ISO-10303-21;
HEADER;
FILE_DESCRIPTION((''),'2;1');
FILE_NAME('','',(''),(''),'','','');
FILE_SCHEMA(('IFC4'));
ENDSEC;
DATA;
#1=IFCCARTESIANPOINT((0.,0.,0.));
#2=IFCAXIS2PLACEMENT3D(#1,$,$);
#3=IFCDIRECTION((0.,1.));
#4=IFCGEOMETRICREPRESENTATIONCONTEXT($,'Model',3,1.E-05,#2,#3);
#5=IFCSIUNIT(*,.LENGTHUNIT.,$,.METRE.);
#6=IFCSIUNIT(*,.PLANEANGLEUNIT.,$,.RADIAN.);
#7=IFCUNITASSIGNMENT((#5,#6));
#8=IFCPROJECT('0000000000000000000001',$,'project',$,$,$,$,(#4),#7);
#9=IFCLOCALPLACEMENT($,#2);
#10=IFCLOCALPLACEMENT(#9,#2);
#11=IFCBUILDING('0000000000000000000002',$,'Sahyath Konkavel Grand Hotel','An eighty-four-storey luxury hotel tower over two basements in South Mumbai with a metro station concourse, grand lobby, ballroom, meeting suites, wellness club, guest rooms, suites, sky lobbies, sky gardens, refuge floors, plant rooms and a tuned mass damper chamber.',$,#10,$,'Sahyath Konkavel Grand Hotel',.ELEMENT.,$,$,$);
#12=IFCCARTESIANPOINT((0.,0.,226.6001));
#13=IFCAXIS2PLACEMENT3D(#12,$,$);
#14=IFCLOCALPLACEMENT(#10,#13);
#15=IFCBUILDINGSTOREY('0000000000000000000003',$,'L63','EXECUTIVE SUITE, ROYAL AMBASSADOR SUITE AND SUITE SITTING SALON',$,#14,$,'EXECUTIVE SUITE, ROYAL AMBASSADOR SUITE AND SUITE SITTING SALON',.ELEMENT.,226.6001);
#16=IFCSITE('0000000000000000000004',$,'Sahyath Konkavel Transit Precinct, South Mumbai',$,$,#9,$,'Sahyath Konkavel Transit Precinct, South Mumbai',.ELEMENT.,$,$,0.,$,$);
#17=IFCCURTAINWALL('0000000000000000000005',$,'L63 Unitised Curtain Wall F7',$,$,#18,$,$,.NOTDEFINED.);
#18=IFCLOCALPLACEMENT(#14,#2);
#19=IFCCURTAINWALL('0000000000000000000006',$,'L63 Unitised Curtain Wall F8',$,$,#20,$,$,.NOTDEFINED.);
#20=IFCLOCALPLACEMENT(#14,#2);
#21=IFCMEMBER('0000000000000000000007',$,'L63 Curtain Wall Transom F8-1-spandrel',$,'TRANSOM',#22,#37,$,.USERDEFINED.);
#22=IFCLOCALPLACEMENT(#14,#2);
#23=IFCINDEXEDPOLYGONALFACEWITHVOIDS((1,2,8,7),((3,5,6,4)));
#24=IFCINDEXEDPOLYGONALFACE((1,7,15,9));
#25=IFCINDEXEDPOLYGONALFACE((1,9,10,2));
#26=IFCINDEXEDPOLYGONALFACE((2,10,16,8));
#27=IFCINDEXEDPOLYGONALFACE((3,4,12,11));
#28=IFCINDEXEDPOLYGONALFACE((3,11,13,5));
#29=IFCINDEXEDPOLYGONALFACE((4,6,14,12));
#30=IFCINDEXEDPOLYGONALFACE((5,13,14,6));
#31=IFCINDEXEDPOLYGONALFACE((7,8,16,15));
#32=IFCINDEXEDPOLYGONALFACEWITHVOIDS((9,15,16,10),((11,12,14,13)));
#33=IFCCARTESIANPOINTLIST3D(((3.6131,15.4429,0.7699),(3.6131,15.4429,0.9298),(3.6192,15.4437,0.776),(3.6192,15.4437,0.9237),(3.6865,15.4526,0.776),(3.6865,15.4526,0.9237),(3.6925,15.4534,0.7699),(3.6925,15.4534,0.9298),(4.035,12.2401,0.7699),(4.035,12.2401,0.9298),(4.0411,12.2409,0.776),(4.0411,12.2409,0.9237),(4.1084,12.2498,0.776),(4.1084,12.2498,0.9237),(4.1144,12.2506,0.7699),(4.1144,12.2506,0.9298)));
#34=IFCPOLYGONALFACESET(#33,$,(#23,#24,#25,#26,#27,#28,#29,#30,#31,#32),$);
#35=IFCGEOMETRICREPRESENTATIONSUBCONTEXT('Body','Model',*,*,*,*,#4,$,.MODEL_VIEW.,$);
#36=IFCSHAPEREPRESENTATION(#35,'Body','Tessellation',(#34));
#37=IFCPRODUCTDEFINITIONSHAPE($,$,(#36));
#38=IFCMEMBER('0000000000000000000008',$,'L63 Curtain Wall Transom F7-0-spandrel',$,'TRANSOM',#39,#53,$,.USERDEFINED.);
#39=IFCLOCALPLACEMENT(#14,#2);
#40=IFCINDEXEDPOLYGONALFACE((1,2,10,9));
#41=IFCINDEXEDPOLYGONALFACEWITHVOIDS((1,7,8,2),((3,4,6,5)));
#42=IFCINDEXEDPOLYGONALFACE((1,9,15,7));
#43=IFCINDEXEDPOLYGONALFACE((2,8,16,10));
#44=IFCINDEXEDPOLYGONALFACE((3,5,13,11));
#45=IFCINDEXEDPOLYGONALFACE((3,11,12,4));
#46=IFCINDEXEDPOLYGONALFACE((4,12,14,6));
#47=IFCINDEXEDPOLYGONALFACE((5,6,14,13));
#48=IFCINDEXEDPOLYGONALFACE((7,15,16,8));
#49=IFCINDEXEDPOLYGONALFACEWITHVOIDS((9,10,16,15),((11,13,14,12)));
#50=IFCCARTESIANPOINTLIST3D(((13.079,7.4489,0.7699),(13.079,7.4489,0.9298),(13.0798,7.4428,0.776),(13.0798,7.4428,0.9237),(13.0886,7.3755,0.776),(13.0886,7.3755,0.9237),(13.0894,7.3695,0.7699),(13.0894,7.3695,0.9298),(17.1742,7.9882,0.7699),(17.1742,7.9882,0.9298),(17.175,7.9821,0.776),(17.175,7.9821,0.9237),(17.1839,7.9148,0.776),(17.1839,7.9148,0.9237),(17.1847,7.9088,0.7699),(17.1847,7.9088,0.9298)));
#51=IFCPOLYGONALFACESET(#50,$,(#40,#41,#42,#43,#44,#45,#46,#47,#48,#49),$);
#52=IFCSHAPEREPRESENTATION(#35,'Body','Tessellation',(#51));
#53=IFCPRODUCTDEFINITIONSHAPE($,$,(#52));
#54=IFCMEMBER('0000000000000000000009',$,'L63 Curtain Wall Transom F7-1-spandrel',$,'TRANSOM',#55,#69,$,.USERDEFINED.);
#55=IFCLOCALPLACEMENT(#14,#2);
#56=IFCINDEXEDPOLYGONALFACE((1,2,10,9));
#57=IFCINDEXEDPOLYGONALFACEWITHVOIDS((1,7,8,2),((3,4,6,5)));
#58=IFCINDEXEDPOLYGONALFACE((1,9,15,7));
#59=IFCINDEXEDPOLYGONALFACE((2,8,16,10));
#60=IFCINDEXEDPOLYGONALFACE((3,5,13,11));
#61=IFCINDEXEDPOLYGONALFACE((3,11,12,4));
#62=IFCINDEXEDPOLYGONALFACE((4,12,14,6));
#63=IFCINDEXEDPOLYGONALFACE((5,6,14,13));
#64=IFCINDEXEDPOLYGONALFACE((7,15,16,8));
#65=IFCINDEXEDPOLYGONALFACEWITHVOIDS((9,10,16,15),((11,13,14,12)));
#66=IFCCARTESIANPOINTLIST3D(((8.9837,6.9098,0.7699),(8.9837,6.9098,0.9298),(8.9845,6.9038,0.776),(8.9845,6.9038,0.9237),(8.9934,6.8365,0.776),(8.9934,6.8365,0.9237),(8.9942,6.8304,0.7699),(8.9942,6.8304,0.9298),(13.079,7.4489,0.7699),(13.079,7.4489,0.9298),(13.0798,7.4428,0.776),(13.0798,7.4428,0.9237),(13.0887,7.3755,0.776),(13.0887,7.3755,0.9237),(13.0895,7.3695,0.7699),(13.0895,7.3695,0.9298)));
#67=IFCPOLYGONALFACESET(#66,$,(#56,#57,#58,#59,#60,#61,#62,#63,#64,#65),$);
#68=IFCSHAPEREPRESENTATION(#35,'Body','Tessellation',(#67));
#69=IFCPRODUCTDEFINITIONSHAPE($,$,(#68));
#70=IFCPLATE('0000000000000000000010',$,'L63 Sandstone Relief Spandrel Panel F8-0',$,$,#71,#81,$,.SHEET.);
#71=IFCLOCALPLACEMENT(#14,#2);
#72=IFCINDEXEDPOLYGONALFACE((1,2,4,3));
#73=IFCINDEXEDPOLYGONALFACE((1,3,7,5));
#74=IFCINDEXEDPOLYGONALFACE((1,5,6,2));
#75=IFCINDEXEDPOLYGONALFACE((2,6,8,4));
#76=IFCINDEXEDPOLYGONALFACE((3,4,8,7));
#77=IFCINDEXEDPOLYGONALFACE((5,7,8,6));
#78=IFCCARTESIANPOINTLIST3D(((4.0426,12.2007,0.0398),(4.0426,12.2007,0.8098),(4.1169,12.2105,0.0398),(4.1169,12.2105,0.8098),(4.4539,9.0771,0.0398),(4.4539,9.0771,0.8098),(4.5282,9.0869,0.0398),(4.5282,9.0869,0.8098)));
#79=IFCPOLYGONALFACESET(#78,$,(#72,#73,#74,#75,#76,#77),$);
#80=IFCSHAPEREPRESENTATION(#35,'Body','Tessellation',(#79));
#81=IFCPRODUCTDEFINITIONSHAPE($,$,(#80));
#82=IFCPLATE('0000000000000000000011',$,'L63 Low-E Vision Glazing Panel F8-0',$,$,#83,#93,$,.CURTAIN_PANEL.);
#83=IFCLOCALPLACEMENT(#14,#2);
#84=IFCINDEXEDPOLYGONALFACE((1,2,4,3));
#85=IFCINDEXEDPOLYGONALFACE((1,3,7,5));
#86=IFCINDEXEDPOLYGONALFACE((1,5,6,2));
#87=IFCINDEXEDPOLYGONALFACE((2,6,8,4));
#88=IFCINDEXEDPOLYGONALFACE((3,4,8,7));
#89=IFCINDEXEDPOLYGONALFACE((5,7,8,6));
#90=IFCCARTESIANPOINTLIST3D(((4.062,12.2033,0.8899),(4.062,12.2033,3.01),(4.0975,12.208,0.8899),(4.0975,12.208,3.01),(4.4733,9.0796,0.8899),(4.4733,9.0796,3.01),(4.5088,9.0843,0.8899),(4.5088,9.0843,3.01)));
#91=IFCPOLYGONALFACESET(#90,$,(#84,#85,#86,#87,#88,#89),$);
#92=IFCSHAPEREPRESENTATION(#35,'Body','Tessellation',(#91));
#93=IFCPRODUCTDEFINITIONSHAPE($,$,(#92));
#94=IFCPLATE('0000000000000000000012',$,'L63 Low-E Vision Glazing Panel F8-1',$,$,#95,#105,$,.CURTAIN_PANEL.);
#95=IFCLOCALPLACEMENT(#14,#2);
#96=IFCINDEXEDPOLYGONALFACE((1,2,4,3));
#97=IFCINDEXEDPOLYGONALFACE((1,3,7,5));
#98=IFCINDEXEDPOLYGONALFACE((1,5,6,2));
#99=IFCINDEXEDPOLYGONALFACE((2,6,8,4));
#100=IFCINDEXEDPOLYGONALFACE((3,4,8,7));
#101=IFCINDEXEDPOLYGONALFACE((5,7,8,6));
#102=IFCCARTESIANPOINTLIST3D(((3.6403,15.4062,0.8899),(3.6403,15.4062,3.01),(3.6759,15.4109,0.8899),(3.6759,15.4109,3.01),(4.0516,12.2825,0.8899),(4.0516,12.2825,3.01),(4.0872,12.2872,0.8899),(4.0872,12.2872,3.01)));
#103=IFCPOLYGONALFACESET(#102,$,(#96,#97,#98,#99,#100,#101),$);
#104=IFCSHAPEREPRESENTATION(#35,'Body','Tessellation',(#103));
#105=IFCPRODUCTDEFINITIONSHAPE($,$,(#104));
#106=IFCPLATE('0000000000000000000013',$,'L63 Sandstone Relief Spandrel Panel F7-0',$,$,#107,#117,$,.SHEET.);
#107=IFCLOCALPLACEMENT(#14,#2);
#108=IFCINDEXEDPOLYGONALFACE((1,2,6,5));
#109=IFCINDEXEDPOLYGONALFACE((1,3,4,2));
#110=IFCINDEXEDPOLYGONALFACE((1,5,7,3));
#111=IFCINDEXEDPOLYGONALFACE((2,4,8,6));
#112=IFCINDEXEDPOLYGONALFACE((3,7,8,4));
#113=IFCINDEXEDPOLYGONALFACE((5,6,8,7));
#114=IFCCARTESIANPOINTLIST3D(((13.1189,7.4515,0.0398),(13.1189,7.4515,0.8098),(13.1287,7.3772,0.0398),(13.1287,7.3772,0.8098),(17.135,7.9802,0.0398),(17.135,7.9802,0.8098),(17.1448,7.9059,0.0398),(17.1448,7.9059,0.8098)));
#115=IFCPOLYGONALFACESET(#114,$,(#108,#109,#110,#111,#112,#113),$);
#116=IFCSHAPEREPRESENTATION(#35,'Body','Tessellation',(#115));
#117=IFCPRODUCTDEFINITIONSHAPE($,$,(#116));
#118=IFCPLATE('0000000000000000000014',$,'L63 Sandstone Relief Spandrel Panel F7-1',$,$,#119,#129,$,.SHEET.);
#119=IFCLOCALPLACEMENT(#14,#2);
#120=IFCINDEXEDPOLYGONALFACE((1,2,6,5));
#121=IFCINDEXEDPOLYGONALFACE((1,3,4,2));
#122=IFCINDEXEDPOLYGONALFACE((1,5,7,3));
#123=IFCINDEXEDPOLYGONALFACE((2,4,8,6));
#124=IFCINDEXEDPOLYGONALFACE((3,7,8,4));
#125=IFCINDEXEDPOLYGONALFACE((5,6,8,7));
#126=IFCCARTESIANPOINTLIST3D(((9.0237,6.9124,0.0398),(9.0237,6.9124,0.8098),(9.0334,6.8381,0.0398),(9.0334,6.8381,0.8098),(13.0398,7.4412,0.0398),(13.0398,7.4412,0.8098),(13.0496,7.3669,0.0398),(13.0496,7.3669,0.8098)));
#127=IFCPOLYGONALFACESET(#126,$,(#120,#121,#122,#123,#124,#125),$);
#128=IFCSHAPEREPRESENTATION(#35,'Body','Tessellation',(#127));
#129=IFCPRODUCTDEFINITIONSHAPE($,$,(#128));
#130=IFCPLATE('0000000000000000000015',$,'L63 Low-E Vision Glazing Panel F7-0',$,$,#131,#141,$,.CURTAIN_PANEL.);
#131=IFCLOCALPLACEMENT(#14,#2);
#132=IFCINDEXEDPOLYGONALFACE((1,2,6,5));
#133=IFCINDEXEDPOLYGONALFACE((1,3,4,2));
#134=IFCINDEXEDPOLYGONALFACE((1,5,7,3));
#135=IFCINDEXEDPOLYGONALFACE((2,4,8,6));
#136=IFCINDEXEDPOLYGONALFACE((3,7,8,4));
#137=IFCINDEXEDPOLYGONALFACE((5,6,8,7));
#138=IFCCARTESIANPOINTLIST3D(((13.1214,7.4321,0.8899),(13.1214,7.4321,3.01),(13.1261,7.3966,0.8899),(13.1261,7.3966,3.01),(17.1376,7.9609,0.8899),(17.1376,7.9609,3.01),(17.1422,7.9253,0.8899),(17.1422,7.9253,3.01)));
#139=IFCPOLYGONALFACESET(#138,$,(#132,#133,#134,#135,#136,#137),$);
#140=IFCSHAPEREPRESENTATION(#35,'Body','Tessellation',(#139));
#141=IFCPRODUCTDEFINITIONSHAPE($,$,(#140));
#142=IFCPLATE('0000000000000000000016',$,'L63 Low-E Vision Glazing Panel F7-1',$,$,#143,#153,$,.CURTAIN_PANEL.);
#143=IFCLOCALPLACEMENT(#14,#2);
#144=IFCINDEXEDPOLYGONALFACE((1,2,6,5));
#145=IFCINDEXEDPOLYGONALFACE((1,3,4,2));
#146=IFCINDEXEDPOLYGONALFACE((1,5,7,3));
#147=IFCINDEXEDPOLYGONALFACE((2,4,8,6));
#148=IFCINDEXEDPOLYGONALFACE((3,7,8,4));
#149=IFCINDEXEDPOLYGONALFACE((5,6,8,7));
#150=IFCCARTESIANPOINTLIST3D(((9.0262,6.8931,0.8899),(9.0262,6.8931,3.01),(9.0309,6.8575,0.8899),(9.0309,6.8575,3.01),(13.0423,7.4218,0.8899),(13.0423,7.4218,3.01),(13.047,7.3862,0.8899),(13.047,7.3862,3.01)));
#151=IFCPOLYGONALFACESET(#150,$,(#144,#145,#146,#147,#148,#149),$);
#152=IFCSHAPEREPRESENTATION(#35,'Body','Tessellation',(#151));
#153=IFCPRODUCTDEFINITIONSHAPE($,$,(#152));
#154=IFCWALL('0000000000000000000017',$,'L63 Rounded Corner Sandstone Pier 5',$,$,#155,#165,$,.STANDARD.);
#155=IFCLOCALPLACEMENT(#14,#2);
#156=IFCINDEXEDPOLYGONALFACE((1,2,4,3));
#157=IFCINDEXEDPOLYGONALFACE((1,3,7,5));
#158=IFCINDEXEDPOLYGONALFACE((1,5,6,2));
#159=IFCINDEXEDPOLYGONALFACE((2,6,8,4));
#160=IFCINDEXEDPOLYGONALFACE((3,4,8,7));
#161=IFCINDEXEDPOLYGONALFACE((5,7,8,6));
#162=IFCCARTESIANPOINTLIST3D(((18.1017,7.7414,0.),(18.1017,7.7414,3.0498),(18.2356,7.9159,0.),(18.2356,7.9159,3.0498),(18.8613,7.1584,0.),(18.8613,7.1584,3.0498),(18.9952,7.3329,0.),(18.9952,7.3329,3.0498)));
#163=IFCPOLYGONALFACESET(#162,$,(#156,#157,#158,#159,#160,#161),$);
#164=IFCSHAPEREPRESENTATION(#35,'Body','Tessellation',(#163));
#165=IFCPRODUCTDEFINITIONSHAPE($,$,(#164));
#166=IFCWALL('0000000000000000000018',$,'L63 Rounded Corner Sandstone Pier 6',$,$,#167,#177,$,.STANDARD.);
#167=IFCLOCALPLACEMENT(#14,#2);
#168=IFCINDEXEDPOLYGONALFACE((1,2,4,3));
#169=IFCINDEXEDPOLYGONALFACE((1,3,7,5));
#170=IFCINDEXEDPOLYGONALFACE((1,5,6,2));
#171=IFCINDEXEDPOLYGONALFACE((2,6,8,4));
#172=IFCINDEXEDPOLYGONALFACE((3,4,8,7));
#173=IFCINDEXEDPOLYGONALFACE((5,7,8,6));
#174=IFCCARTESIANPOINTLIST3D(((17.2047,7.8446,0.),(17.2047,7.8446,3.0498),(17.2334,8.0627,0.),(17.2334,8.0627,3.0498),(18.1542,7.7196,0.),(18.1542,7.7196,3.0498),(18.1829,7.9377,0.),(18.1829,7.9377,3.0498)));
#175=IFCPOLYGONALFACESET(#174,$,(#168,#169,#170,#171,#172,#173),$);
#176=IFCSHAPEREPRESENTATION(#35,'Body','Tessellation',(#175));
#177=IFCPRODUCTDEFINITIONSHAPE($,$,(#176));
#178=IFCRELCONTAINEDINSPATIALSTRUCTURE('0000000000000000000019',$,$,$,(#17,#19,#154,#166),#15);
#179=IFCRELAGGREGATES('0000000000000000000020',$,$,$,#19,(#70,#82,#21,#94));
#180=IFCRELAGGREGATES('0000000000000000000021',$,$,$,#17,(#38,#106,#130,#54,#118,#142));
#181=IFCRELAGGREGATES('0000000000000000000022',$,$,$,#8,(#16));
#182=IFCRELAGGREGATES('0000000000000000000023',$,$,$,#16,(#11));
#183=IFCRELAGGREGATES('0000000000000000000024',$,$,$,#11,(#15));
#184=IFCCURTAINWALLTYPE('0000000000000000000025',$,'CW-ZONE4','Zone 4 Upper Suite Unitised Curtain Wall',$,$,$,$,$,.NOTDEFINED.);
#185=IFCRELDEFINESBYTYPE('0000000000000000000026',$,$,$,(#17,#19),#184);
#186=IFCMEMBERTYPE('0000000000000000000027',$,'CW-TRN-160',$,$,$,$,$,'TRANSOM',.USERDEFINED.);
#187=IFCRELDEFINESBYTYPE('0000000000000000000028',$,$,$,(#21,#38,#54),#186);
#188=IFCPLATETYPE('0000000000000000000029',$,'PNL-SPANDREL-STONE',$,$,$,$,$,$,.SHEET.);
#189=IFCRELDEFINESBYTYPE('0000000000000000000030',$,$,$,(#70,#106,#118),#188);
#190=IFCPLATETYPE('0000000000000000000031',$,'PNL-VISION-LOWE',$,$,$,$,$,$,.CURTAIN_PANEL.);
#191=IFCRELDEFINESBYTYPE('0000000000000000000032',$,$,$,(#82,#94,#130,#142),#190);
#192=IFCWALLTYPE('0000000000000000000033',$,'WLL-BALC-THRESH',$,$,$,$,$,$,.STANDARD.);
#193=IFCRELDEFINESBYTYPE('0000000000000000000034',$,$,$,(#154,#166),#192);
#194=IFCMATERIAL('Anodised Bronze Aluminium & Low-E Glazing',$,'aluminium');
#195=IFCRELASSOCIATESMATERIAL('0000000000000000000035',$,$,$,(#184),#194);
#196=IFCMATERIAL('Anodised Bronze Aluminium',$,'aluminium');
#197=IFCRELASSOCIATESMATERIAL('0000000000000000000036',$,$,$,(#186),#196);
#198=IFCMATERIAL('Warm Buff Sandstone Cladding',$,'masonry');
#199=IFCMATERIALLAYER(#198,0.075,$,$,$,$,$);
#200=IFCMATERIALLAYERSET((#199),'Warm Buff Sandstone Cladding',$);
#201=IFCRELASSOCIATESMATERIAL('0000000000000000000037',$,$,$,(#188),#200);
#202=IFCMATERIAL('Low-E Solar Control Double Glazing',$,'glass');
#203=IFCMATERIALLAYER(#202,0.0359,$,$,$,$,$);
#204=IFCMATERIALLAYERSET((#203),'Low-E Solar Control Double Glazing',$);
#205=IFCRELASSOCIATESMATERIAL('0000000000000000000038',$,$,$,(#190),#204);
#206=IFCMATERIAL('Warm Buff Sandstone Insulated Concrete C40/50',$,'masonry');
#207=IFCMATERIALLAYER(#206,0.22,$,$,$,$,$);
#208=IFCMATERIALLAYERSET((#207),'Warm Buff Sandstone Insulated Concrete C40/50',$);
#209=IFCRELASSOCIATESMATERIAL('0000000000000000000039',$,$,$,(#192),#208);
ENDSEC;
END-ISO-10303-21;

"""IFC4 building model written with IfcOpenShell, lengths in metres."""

from ifc_helpers import new_model, si_unit, direction, frame, frame_2d, origin, origin_2d, place, context, subcontext, project, spatial, rectangle, hollow_rectangle, extrude, source, transform, mapped, material, layer, layer_set, material_profile, profile_set, type_object, element, aggregate, save


model = new_model("IFC4")

# Units and contexts
model_context = context("Model", 3, precision=1e-05, world=origin(), true_north=direction((0.0, 1.0)))
body_context = subcontext(model_context, "Body", "Model", "MODEL_VIEW")
ifc_project = project(units=[si_unit("LENGTHUNIT", "METRE"), si_unit("PLANEANGLEUNIT", "RADIAN")], contexts=[model_context])

# Site, building, storey
site_placement = place(None, origin())
site = spatial("IfcSite", under=ifc_project, at=site_placement, Name="Sahyath Konkavel Transit Precinct, South Mumbai", LongName="Sahyath Konkavel Transit Precinct, South Mumbai", CompositionType="ELEMENT", RefElevation=0.0)
building_placement = place(site_placement, origin())
building = spatial("IfcBuilding", under=site, at=building_placement, Name="Sahyath Konkavel Grand Hotel", Description="An eighty-four-storey luxury hotel tower over two basements in South Mumbai with a metro station concourse, grand lobby, ballroom, meeting suites, wellness club, guest rooms, suites, sky lobbies, sky gardens, refuge floors, plant rooms and a tuned mass damper chamber.", LongName="Sahyath Konkavel Grand Hotel", CompositionType="ELEMENT")
storey_placement = place(building_placement, frame((0.0, 0.0, 226.6001)))
storey = spatial("IfcBuildingStorey", under=building, at=storey_placement, Name="L63", Description="EXECUTIVE SUITE, ROYAL AMBASSADOR SUITE AND SUITE SITTING SALON", LongName="EXECUTIVE SUITE, ROYAL AMBASSADOR SUITE AND SUITE SITTING SALON", CompositionType="ELEMENT", Elevation=226.6001)

# Shared definitions
ifc_material_1 = material(Name="Anodised Bronze Aluminium & Low-E Glazing", Category="aluminium")
curtain_wall_type = type_object("IfcCurtainWallType", Name="CW-ZONE4", Description="Zone 4 Upper Suite Unitised Curtain Wall", PredefinedType="NOTDEFINED", material=ifc_material_1)
ifc_material_2 = material(Name="Anodised Bronze Aluminium", Category="aluminium")

# Curtain walls
curtain_wall_1_placement = place(storey_placement, origin())
curtain_wall_1 = element("IfcCurtainWall", 1, at=curtain_wall_1_placement, inside=storey, type_object=curtain_wall_type, Name="L63 Unitised Curtain Wall F7", PredefinedType="NOTDEFINED")
curtain_wall_2_placement = place(storey_placement, origin())
curtain_wall_2 = element("IfcCurtainWall", 2, at=curtain_wall_2_placement, inside=storey, type_object=curtain_wall_type, Name="L63 Unitised Curtain Wall F8", PredefinedType="NOTDEFINED")

# Members
ifc_material_profile_1 = material_profile(ifc_material_2, hollow_rectangle(XDim=0.0801, YDim=0.1599, WallThickness=0.0061, at=origin_2d()), Name="RHS 160x80x6")
ifc_profile_set_1 = profile_set([ifc_material_profile_1], Name="Anodised Bronze Aluminium")
member_type_1 = type_object("IfcMemberType", Name="CW-TRN-160", ElementType="TRANSOM", PredefinedType="USERDEFINED", material=ifc_profile_set_1)
shared_shape_1 = source(origin(), body_context, "Body", "SweptSolid", [
    extrude(hollow_rectangle(XDim=0.0801, YDim=0.1599, WallThickness=0.0061, at=origin_2d()), origin(), (0.0, 0.0, 1.0), 3.2305),
])
member_1_placement = place(storey_placement, frame((4.0747, 12.2454, 0.8499), z_axis=(-0.130589, 0.991437, 0.0), x_axis=(-0.991437, -0.130589, 0.0)))
member_1 = element("IfcMember", 3, at=member_1_placement, type_object=member_type_1, Name="L63 Curtain Wall Transom F8-1-spandrel", ObjectType="TRANSOM", PredefinedType="USERDEFINED", context=body_context, shape_type="MappedRepresentation", body=[
    mapped(shared_shape_1, transform((0.0, 0.0, 0.0), scale=1.0)),
])
shared_shape_2 = source(origin(), body_context, "Body", "SweptSolid", [
    extrude(hollow_rectangle(XDim=0.0801, YDim=0.1599, WallThickness=0.0061, at=origin_2d()), origin(), (0.0, 0.0, 1.0), 4.1306),
])
member_2_placement = place(storey_placement, frame((17.1794, 7.9485, 0.8499), z_axis=(-0.99144, -0.130565, 0.0), x_axis=(0.130565, -0.99144, 0.0)))
member_2 = element("IfcMember", 4, at=member_2_placement, type_object=member_type_1, Name="L63 Curtain Wall Transom F7-0-spandrel", ObjectType="TRANSOM", PredefinedType="USERDEFINED", context=body_context, shape_type="MappedRepresentation", body=[
    mapped(shared_shape_2, transform((0.0, 0.0, 0.0), scale=1.0)),
])
member_3_placement = place(storey_placement, frame((13.0842, 7.4092, 0.8499), z_axis=(-0.991447, -0.130506, 0.0), x_axis=(0.130506, -0.991447, 0.0)))
member_3 = element("IfcMember", 5, at=member_3_placement, type_object=member_type_1, Name="L63 Curtain Wall Transom F7-1-spandrel", ObjectType="TRANSOM", PredefinedType="USERDEFINED", context=body_context, shape_type="MappedRepresentation", body=[
    mapped(shared_shape_2, transform((0.0, 0.0, 0.0), scale=1.0)),
])

# Plates
ifc_material_3 = material(Name="Warm Buff Sandstone Cladding", Category="masonry")
ifc_layer_1 = layer(ifc_material_3, 0.075)
ifc_layer_set_1 = layer_set([ifc_layer_1], Name="Warm Buff Sandstone Cladding")
plate_type_1 = type_object("IfcPlateType", Name="PNL-SPANDREL-STONE", PredefinedType="SHEET", material=ifc_layer_set_1)
shared_shape_3 = source(origin(), body_context, "Body", "SweptSolid", [
    extrude(rectangle(XDim=3.1506, YDim=0.075, at=origin_2d()), origin(), (0.0, 0.0, 1.0), 0.77),
])
plate_1_placement = place(storey_placement, frame((4.2854, 10.6438, 0.0398), z_axis=(0.0, 0.0, 1.0), x_axis=(-0.130543, 0.991443, 0.0)))
plate_1 = element("IfcPlate", 6, at=plate_1_placement, type_object=plate_type_1, Name="L63 Sandstone Relief Spandrel Panel F8-0", PredefinedType="SHEET", context=body_context, shape_type="MappedRepresentation", body=[
    mapped(shared_shape_3, transform((0.0, 0.0, 0.0), scale=1.0)),
])
ifc_material_4 = material(Name="Low-E Solar Control Double Glazing", Category="glass")
ifc_layer_2 = layer(ifc_material_4, 0.0359)
ifc_layer_set_2 = layer_set([ifc_layer_2], Name="Low-E Solar Control Double Glazing")
plate_type_2 = type_object("IfcPlateType", Name="PNL-VISION-LOWE", PredefinedType="CURTAIN_PANEL", material=ifc_layer_set_2)
shared_shape_4 = source(origin(), body_context, "Body", "SweptSolid", [
    extrude(rectangle(XDim=3.1506, YDim=0.0359, at=origin_2d()), origin(), (0.0, 0.0, 1.0), 2.1201),
])
plate_2_placement = place(storey_placement, frame((4.2854, 10.6438, 0.8899), z_axis=(0.0, 0.0, 1.0), x_axis=(-0.130543, 0.991443, 0.0)))
plate_2 = element("IfcPlate", 7, at=plate_2_placement, type_object=plate_type_2, Name="L63 Low-E Vision Glazing Panel F8-0", PredefinedType="CURTAIN_PANEL", context=body_context, shape_type="MappedRepresentation", body=[
    mapped(shared_shape_4, transform((0.0, 0.0, 0.0), scale=1.0)),
])
plate_3_placement = place(storey_placement, frame((3.8638, 13.8467, 0.8899), z_axis=(0.0, 0.0, 1.0), x_axis=(-0.130543, 0.991443, 0.0)))
plate_3 = element("IfcPlate", 8, at=plate_3_placement, type_object=plate_type_2, Name="L63 Low-E Vision Glazing Panel F8-1", PredefinedType="CURTAIN_PANEL", context=body_context, shape_type="MappedRepresentation", body=[
    mapped(shared_shape_4, transform((0.0, 0.0, 0.0), scale=1.0)),
])
aggregate(curtain_wall_2, [plate_1, plate_2, member_1, plate_3])
shared_shape_5 = source(origin(), body_context, "Body", "SweptSolid", [
    extrude(rectangle(XDim=4.0508, YDim=0.075, at=origin_2d()), origin(), (0.0, 0.0, 1.0), 0.77),
])
plate_4_placement = place(storey_placement, frame((15.1318, 7.6787, 0.0398), z_axis=(0.0, 0.0, 1.0), x_axis=(-0.991445, -0.130526, 0.0)))
plate_4 = element("IfcPlate", 9, at=plate_4_placement, type_object=plate_type_1, Name="L63 Sandstone Relief Spandrel Panel F7-0", PredefinedType="SHEET", context=body_context, shape_type="MappedRepresentation", body=[
    mapped(shared_shape_5, transform((0.0, 0.0, 0.0), scale=1.0)),
])
plate_5_placement = place(storey_placement, frame((11.0366, 7.1396, 0.0398), z_axis=(0.0, 0.0, 1.0), x_axis=(-0.991445, -0.130526, 0.0)))
plate_5 = element("IfcPlate", 10, at=plate_5_placement, type_object=plate_type_1, Name="L63 Sandstone Relief Spandrel Panel F7-1", PredefinedType="SHEET", context=body_context, shape_type="MappedRepresentation", body=[
    mapped(shared_shape_5, transform((0.0, 0.0, 0.0), scale=1.0)),
])
shared_shape_6 = source(origin(), body_context, "Body", "SweptSolid", [
    extrude(rectangle(XDim=4.0508, YDim=0.0359, at=origin_2d()), origin(), (0.0, 0.0, 1.0), 2.1201),
])
plate_6_placement = place(storey_placement, frame((15.1318, 7.6787, 0.8899), z_axis=(0.0, 0.0, 1.0), x_axis=(-0.991445, -0.130526, 0.0)))
plate_6 = element("IfcPlate", 11, at=plate_6_placement, type_object=plate_type_2, Name="L63 Low-E Vision Glazing Panel F7-0", PredefinedType="CURTAIN_PANEL", context=body_context, shape_type="MappedRepresentation", body=[
    mapped(shared_shape_6, transform((0.0, 0.0, 0.0), scale=1.0)),
])
plate_7_placement = place(storey_placement, frame((11.0366, 7.1396, 0.8899), z_axis=(0.0, 0.0, 1.0), x_axis=(-0.991445, -0.130526, 0.0)))
plate_7 = element("IfcPlate", 12, at=plate_7_placement, type_object=plate_type_2, Name="L63 Low-E Vision Glazing Panel F7-1", PredefinedType="CURTAIN_PANEL", context=body_context, shape_type="MappedRepresentation", body=[
    mapped(shared_shape_6, transform((0.0, 0.0, 0.0), scale=1.0)),
])
aggregate(curtain_wall_1, [member_2, plate_4, plate_6, member_3, plate_5, plate_7])

# Walls
ifc_material_5 = material(Name="Warm Buff Sandstone Insulated Concrete C40/50", Category="masonry")
ifc_layer_3 = layer(ifc_material_5, 0.22)
ifc_layer_set_3 = layer_set([ifc_layer_3], Name="Warm Buff Sandstone Insulated Concrete C40/50")
wall_type_1 = type_object("IfcWallType", Name="WLL-BALC-THRESH", PredefinedType="STANDARD", material=ifc_layer_set_3)
wall_1_placement = place(storey_placement, frame((18.9282, 7.2456, 0.0), z_axis=(0.0, 0.0, 1.0), x_axis=(-0.793249, 0.608897, 0.0)))
element("IfcWall", 13, at=wall_1_placement, inside=storey, type_object=wall_type_1, Name="L63 Rounded Corner Sandstone Pier 5", PredefinedType="STANDARD", context=body_context, shape_type="SweptSolid", body=[
    extrude(rectangle(XDim=0.9575, YDim=0.22, at=frame_2d((0.4788, 0.0))), origin(), (0.0, 0.0, 1.0), 3.0498),
])
wall_2_placement = place(storey_placement, frame((18.1687, 7.8286, 0.0), z_axis=(0.0, 0.0, 1.0), x_axis=(-0.991445, 0.130527, 0.0)))
element("IfcWall", 14, at=wall_2_placement, inside=storey, type_object=wall_type_1, Name="L63 Rounded Corner Sandstone Pier 6", PredefinedType="STANDARD", context=body_context, shape_type="SweptSolid", body=[
    extrude(rectangle(XDim=0.9578, YDim=0.22, at=frame_2d((0.479, 0.0))), origin(), (0.0, 0.0, 1.0), 3.0498),
])

save(model, "model.ifc")
